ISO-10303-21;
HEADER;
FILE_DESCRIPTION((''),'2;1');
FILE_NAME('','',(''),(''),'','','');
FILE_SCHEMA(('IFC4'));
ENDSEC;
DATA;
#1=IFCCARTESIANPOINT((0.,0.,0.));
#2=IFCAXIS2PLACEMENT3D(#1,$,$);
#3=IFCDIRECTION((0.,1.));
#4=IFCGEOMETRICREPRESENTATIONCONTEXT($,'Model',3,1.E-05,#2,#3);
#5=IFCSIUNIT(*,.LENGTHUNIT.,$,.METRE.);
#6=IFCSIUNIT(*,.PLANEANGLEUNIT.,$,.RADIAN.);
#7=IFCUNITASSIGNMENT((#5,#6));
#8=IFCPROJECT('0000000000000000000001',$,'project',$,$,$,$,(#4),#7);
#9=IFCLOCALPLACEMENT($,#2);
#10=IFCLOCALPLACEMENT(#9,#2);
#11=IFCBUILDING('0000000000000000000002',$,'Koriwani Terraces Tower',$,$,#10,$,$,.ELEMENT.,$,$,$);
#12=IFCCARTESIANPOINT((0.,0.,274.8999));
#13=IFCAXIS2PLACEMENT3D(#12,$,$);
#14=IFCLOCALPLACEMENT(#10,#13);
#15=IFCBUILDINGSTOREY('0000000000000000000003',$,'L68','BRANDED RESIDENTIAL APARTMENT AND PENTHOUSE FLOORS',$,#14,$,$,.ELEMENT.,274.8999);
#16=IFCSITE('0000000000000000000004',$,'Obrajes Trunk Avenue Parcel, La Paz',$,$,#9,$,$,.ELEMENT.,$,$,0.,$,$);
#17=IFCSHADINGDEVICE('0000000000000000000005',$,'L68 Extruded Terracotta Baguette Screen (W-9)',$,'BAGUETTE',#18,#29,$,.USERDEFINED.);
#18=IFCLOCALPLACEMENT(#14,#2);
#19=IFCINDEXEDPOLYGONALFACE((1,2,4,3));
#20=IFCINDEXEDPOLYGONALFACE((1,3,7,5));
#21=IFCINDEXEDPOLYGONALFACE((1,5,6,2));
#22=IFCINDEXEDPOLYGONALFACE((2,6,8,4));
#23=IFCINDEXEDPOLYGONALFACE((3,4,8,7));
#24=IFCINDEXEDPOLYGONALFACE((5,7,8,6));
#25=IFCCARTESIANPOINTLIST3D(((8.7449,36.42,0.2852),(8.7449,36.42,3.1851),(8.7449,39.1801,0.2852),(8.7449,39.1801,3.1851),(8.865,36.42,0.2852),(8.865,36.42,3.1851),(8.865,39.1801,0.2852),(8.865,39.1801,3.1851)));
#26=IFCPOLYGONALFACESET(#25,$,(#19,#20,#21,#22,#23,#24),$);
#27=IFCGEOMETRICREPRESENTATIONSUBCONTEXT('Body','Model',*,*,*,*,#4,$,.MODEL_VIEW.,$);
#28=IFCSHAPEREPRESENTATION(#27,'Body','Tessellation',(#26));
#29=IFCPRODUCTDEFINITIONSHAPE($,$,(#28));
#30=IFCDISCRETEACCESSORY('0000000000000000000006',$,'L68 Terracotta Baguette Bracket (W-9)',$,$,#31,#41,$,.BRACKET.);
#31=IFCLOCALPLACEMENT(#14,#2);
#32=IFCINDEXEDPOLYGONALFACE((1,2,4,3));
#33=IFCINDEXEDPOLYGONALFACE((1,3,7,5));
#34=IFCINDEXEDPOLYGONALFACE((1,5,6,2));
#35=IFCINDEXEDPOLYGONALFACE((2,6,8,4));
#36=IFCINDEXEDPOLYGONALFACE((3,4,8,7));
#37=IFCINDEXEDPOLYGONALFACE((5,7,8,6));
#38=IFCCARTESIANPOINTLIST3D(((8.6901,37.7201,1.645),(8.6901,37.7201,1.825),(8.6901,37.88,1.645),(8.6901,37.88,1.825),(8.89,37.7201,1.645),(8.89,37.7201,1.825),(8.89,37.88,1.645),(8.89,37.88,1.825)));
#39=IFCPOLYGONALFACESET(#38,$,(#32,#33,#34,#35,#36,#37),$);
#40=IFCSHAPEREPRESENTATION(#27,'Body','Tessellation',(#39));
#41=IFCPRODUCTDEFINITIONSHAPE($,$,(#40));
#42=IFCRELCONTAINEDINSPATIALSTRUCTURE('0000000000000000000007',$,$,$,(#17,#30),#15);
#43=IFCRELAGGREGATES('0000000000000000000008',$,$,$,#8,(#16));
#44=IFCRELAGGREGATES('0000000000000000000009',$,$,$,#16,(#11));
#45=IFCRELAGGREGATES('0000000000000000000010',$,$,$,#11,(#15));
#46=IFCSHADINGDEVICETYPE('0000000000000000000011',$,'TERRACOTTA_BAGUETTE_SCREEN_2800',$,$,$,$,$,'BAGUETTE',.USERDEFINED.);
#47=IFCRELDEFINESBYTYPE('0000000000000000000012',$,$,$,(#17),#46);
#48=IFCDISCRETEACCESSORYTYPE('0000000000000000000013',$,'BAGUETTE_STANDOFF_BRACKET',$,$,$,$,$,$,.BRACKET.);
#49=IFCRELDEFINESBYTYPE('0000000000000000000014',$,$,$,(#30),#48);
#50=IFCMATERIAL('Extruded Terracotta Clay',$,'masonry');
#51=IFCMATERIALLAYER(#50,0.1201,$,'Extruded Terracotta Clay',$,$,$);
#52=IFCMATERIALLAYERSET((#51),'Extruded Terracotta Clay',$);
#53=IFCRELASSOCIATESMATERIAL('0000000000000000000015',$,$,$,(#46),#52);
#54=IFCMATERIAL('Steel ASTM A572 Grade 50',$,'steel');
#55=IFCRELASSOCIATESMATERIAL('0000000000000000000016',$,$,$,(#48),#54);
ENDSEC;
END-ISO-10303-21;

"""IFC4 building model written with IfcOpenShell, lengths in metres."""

from ifc_helpers import new_model, si_unit, direction, frame, origin, origin_2d, place, context, subcontext, project, spatial, rectangle, extrude, material, layer, layer_set, type_object, element, save


model = new_model("IFC4")

# Units and contexts
model_context = context("Model", 3, precision=1e-05, world=origin(), true_north=direction((0.0, 1.0)))
body_context = subcontext(model_context, "Body", "Model", "MODEL_VIEW")
ifc_project = project(units=[si_unit("LENGTHUNIT", "METRE"), si_unit("PLANEANGLEUNIT", "RADIAN")], contexts=[model_context])

# Site, building, storey
site_placement = place(None, origin())
site = spatial("IfcSite", under=ifc_project, at=site_placement, Name="Obrajes Trunk Avenue Parcel, La Paz", CompositionType="ELEMENT", RefElevation=0.0)
building_placement = place(site_placement, origin())
building = spatial("IfcBuilding", under=site, at=building_placement, Name="Koriwani Terraces Tower", CompositionType="ELEMENT")
storey_placement = place(building_placement, frame((0.0, 0.0, 274.8999)))
storey = spatial("IfcBuildingStorey", under=building, at=storey_placement, Name="L68", Description="BRANDED RESIDENTIAL APARTMENT AND PENTHOUSE FLOORS", CompositionType="ELEMENT", Elevation=274.8999)

# Shared definitions
ifc_material_1 = material(Name="Steel ASTM A572 Grade 50", Category="steel")

# Shading device
ifc_material_2 = material(Name="Extruded Terracotta Clay", Category="masonry")
ifc_layer_1 = layer(ifc_material_2, 0.1201, Name="Extruded Terracotta Clay")
ifc_layer_set_1 = layer_set([ifc_layer_1], Name="Extruded Terracotta Clay")
shading_device_type = type_object("IfcShadingDeviceType", Name="TERRACOTTA_BAGUETTE_SCREEN_2800", ElementType="BAGUETTE", PredefinedType="USERDEFINED", material=ifc_layer_set_1)
shading_device_placement = place(storey_placement, frame((8.8049, 37.8, 0.2852), z_axis=(0.0, 0.0, 1.0), x_axis=(0.0, 1.0, 0.0)))
element("IfcShadingDevice", 1, at=shading_device_placement, inside=storey, type_object=shading_device_type, Name="L68 Extruded Terracotta Baguette Screen (W-9)", ObjectType="BAGUETTE", PredefinedType="USERDEFINED", context=body_context, shape_type="SweptSolid", body=[
    extrude(rectangle(XDim=2.76, YDim=0.1201, at=origin_2d()), origin(), (0.0, 0.0, 1.0), 2.8999),
])

# Discrete accessory
discrete_accessory_type = type_object("IfcDiscreteAccessoryType", Name="BAGUETTE_STANDOFF_BRACKET", PredefinedType="BRACKET", material=ifc_material_1)
discrete_accessory_placement = place(storey_placement, frame((8.79, 37.8, 1.645), z_axis=(0.0, 0.0, 1.0), x_axis=(0.0, 1.0, 0.0)))
element("IfcDiscreteAccessory", 2, at=discrete_accessory_placement, inside=storey, type_object=discrete_accessory_type, Name="L68 Terracotta Baguette Bracket (W-9)", PredefinedType="BRACKET", context=body_context, shape_type="SweptSolid", body=[
    extrude(rectangle(XDim=0.1599, YDim=0.2, at=origin_2d()), origin(), (0.0, 0.0, 1.0), 0.1799),
])

save(model, "model.ifc")
